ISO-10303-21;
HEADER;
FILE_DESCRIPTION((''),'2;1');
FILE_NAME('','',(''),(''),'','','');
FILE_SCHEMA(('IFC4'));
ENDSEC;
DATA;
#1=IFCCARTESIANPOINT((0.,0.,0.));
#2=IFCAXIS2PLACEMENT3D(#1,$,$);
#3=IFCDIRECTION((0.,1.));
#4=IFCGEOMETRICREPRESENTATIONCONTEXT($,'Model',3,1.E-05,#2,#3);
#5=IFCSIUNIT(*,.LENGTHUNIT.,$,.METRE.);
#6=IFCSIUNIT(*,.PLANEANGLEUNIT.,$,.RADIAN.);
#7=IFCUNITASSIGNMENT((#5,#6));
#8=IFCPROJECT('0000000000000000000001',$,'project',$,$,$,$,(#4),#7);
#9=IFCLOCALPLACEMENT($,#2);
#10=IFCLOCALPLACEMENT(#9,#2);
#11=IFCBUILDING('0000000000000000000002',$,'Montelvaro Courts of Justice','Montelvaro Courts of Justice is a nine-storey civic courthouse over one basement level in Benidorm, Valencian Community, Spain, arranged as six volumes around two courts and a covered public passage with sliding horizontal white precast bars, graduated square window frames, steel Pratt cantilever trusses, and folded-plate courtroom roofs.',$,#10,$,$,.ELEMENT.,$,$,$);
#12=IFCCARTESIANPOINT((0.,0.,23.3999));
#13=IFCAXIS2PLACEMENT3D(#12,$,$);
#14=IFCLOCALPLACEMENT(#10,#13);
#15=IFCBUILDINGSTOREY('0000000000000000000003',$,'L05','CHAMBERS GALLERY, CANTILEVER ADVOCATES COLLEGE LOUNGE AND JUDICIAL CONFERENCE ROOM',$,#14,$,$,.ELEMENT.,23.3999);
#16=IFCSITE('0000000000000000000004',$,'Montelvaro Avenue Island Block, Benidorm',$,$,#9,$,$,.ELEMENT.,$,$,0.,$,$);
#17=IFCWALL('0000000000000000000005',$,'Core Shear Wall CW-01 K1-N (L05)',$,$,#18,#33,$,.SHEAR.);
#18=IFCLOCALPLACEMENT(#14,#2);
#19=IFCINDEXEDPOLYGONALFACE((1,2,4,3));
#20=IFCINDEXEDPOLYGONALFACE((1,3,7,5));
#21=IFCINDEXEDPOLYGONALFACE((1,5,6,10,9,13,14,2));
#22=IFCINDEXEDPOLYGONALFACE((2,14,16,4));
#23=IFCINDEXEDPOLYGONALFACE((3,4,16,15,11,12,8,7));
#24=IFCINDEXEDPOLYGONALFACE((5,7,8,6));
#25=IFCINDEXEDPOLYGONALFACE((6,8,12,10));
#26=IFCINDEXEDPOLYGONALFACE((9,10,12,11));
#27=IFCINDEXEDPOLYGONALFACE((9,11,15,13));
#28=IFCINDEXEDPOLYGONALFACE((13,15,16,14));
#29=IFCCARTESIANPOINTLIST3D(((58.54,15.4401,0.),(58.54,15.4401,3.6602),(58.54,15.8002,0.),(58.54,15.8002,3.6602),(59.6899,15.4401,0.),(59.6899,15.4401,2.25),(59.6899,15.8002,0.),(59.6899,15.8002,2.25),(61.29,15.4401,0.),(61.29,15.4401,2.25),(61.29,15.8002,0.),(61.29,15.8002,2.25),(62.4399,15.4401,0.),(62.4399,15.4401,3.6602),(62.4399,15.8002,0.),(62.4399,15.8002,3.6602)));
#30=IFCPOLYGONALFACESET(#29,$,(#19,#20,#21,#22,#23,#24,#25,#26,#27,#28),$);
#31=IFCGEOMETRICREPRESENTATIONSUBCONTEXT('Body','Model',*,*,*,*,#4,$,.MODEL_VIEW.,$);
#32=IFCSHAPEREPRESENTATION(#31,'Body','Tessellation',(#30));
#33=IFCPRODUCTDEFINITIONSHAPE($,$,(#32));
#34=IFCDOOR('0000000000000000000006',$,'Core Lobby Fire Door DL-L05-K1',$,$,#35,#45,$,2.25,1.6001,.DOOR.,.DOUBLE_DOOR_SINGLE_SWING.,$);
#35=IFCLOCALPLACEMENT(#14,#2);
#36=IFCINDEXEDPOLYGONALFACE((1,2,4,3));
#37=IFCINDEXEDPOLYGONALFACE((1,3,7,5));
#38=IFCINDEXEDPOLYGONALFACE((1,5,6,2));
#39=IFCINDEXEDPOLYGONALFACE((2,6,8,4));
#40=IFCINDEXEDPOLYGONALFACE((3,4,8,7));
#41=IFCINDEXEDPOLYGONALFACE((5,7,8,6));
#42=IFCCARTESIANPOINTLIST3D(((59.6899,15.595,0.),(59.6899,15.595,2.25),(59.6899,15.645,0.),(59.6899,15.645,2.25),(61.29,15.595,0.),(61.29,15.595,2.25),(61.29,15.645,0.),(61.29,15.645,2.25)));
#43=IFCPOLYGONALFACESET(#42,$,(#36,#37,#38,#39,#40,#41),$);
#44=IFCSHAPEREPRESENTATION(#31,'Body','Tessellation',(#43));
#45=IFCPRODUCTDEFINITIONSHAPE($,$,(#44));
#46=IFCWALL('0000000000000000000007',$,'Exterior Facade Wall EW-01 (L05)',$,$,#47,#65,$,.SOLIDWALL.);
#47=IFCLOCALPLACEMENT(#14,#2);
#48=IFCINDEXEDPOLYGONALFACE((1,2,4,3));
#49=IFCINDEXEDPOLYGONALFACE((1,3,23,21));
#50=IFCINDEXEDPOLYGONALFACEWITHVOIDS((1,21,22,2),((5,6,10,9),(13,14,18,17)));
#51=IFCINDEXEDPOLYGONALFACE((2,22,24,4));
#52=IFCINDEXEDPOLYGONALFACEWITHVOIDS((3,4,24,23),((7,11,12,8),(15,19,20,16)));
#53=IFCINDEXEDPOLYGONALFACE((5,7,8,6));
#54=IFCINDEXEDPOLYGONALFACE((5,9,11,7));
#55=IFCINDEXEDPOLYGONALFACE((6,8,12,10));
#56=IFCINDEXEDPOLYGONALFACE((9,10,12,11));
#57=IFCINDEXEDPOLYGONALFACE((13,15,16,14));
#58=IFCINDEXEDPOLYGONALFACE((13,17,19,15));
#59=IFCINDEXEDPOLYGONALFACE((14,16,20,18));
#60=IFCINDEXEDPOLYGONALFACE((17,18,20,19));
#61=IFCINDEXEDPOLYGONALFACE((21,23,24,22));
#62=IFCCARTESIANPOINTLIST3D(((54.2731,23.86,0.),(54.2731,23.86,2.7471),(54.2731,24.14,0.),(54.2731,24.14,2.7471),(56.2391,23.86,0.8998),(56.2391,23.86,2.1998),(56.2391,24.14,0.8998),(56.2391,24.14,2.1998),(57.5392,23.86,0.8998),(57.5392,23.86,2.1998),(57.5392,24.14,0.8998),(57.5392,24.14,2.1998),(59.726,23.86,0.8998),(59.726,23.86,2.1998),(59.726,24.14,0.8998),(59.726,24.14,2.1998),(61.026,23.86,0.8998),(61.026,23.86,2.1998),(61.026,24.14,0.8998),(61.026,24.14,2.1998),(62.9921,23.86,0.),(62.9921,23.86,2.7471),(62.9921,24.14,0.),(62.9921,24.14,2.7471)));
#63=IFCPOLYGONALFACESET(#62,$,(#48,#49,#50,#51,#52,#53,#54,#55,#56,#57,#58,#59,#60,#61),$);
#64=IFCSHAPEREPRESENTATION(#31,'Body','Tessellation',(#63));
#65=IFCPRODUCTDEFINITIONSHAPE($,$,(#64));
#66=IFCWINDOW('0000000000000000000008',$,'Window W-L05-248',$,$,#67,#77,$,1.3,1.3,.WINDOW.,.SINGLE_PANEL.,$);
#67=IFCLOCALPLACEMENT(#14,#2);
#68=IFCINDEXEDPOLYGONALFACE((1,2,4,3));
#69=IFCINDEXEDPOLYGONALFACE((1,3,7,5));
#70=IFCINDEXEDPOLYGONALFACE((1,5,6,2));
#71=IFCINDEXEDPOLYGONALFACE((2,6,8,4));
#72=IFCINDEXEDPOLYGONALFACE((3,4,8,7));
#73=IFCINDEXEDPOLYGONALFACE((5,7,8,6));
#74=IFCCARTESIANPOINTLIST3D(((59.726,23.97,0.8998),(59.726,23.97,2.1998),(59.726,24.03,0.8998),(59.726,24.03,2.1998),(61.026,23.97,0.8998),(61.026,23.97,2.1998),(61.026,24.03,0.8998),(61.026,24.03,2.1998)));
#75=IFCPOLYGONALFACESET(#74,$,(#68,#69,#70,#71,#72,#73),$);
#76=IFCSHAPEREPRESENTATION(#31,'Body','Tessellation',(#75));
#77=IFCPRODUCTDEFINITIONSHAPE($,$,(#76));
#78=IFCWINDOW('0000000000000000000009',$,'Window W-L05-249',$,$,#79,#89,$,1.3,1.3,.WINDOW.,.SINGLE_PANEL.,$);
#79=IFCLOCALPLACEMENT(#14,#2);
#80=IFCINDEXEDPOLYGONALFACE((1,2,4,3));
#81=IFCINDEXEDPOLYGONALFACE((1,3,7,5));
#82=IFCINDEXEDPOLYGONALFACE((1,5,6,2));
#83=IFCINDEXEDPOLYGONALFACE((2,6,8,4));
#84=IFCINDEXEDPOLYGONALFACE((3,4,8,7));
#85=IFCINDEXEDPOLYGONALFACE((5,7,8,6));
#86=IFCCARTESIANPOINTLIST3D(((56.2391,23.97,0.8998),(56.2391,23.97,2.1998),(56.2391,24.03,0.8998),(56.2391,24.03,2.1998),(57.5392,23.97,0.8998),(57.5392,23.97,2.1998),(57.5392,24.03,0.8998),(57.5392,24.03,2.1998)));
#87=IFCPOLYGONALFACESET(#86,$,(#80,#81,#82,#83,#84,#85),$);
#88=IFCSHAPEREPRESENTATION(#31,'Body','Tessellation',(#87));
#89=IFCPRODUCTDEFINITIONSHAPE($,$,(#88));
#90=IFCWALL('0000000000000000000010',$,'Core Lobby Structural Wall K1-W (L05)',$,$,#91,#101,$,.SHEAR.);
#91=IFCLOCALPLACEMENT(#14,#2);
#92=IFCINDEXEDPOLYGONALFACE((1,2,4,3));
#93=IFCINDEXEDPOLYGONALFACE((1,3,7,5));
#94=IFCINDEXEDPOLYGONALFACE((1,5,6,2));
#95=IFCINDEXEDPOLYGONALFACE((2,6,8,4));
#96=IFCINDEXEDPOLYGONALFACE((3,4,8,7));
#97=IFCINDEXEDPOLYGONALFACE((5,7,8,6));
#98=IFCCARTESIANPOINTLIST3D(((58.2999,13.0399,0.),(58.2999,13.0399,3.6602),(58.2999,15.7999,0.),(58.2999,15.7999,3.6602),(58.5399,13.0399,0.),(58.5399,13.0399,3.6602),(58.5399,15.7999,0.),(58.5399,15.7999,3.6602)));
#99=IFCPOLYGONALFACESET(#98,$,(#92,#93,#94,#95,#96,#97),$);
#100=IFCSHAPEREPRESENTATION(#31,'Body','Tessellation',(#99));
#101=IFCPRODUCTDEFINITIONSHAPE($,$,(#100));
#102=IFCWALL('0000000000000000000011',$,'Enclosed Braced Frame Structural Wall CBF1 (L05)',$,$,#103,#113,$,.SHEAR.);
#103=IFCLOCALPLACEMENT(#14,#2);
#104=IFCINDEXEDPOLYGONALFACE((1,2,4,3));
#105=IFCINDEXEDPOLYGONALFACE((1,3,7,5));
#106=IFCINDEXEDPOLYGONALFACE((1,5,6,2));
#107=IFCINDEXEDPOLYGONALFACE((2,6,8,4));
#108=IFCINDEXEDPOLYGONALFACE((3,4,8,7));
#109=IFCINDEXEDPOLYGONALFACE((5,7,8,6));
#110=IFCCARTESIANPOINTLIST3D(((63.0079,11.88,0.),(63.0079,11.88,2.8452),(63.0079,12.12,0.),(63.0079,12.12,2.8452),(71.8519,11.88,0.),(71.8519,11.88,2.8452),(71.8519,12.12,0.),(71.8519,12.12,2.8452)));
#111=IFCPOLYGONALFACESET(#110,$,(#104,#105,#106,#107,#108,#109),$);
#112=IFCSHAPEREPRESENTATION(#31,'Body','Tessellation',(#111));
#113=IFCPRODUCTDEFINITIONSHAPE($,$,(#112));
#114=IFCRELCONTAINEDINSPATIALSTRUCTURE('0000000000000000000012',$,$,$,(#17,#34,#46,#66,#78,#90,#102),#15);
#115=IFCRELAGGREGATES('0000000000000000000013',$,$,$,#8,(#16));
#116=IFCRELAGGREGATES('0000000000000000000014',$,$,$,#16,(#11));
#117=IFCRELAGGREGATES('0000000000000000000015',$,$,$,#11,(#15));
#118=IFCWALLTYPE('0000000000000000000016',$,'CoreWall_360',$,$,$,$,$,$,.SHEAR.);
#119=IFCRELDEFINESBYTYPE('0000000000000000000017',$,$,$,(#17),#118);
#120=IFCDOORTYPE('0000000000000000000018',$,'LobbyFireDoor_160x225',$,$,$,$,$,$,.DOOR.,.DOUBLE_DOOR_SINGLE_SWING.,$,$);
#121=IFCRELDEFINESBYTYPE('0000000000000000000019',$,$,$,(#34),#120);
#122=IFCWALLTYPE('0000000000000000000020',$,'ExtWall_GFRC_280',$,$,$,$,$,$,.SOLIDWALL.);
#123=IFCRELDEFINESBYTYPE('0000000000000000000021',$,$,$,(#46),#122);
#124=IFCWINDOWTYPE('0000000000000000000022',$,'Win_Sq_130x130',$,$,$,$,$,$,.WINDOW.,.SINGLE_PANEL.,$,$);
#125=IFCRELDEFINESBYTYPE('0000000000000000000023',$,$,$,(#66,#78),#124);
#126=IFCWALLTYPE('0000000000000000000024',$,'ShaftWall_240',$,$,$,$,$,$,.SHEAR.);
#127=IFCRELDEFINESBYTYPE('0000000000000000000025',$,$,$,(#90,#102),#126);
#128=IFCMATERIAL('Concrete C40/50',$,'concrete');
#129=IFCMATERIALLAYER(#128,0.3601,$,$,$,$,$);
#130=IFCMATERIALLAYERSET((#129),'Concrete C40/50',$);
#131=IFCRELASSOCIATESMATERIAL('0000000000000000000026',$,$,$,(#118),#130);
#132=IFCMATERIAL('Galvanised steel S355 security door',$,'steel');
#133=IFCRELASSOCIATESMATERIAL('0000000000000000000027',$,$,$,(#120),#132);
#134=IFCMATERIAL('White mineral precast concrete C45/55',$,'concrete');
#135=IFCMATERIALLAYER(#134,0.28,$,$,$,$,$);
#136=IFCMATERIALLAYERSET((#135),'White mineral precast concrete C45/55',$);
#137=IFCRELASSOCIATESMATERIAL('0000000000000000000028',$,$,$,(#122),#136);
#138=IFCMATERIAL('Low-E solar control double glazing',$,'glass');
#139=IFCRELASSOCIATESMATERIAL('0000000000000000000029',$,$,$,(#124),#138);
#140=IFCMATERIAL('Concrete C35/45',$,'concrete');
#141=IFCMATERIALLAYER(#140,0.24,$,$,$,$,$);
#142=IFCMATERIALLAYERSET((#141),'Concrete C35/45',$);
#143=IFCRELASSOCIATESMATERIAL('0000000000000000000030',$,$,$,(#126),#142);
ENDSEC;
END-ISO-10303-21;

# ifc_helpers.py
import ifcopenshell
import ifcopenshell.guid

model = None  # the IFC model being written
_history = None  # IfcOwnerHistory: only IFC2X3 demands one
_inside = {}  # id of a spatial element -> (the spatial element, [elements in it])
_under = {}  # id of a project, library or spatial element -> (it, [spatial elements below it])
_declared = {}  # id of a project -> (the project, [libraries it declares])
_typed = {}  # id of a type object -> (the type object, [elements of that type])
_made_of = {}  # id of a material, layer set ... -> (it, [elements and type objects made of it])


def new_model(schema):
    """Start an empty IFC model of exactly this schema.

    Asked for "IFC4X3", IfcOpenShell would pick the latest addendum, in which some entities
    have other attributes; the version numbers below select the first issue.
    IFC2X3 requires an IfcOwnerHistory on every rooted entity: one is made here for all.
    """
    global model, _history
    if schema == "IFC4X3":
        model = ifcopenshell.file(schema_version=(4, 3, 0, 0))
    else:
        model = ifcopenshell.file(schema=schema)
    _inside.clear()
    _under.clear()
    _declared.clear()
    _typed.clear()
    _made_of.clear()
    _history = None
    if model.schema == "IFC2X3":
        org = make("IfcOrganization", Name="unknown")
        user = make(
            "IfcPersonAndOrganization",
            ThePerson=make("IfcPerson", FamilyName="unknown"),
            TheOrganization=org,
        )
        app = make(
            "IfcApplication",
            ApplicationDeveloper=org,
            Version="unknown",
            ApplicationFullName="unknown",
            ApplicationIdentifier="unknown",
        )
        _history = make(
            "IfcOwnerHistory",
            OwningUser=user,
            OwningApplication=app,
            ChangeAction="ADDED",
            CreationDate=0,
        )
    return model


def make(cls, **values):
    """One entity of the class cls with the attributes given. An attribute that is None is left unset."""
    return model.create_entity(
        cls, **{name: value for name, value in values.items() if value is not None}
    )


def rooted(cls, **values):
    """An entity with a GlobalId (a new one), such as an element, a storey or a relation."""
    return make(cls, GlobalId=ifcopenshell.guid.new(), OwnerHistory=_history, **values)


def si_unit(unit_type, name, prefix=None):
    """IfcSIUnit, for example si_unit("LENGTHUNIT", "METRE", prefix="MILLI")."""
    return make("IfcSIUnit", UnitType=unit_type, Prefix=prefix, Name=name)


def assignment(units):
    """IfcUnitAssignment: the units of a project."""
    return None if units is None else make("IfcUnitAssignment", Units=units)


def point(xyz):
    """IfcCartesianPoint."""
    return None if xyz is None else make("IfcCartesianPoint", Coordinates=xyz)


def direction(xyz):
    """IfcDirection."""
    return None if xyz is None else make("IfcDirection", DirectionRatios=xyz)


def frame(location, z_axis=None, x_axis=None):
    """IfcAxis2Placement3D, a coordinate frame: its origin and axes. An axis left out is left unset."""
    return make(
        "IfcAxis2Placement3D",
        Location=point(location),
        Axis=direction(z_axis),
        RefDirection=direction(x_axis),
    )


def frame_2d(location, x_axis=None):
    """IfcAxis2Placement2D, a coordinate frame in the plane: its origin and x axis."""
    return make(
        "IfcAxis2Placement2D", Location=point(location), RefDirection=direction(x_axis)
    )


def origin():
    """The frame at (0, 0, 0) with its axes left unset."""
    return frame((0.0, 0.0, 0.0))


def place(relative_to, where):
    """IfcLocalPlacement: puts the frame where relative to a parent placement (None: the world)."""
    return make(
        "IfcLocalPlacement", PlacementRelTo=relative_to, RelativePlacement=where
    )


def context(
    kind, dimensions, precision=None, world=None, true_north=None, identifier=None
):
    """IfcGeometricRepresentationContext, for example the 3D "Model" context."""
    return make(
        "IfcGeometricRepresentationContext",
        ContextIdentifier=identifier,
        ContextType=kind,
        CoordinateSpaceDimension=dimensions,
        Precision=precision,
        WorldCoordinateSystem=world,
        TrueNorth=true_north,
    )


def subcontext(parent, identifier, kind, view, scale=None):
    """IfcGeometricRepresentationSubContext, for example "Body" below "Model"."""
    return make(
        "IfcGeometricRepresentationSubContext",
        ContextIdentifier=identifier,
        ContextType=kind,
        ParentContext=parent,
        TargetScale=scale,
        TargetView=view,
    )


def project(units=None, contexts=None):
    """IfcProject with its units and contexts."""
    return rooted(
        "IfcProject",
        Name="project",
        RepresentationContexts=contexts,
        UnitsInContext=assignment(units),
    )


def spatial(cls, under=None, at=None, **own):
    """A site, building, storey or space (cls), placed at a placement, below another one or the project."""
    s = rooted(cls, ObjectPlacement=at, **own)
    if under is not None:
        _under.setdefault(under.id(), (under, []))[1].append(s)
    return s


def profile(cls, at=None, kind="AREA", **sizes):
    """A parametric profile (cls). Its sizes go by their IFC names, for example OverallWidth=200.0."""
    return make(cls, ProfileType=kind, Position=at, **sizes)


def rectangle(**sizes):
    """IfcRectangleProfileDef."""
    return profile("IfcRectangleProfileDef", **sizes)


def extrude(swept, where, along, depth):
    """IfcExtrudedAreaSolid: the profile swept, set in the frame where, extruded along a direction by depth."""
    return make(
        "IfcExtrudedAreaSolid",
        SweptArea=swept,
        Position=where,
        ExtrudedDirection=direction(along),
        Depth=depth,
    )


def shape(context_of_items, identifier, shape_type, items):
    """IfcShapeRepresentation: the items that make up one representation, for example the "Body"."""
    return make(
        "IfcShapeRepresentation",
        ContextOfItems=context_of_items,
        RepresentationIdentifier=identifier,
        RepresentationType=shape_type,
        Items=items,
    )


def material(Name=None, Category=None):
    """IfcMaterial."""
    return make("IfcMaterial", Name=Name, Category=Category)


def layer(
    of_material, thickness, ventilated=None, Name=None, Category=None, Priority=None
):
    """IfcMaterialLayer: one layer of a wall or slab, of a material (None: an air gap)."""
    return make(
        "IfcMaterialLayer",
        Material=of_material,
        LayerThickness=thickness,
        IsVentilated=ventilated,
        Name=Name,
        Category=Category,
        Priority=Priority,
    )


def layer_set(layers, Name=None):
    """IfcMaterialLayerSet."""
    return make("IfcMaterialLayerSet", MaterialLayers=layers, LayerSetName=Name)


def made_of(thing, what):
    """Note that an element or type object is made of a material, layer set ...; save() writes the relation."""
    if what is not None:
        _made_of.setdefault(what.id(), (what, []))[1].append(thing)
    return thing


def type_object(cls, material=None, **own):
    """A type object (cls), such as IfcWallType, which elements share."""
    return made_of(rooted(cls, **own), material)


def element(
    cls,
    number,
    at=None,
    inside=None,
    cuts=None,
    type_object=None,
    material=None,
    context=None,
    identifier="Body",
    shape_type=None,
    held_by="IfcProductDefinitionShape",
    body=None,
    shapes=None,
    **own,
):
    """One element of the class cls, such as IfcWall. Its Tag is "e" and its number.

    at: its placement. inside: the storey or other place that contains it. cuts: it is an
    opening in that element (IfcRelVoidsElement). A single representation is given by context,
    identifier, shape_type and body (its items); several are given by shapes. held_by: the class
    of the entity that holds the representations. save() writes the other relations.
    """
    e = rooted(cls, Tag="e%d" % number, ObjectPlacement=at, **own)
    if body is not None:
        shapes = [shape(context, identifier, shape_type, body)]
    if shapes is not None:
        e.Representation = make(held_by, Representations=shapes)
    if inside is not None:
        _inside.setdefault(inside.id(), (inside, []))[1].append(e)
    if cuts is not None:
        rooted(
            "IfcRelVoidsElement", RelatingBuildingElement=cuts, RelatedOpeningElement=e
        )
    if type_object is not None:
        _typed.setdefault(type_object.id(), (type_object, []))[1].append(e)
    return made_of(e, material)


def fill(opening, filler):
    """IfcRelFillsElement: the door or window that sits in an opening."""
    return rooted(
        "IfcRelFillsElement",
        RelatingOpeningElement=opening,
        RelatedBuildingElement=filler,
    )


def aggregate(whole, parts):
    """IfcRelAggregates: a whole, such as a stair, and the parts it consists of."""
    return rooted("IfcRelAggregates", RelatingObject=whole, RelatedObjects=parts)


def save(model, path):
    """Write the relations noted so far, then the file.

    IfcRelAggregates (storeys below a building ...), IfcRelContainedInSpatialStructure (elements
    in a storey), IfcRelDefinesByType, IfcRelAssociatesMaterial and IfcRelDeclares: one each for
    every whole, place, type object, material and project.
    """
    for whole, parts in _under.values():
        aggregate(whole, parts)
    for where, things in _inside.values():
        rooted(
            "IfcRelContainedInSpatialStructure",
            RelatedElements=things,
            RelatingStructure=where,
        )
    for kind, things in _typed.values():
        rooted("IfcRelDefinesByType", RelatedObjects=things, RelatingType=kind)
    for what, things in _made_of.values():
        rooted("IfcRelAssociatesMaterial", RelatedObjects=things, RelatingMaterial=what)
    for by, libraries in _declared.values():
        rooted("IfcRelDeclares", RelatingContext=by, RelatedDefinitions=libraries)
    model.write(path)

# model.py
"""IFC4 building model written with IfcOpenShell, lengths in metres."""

from ifc_helpers import new_model, si_unit, direction, frame, frame_2d, origin, place, context, subcontext, project, spatial, rectangle, extrude, material, layer, layer_set, type_object, element, fill, save


model = new_model("IFC4")

# Units and contexts
model_context = context("Model", 3, precision=1e-05, world=origin(), true_north=direction((0.0, 1.0)))
body_context = subcontext(model_context, "Body", "Model", "MODEL_VIEW")
ifc_project = project(units=[si_unit("LENGTHUNIT", "METRE"), si_unit("PLANEANGLEUNIT", "RADIAN")], contexts=[model_context])

# Site, building, storey
site_placement = place(None, origin())
site = spatial("IfcSite", under=ifc_project, at=site_placement, Name="Montelvaro Avenue Island Block, Benidorm", CompositionType="ELEMENT", RefElevation=0.0)
building_placement = place(site_placement, origin())
building = spatial("IfcBuilding", under=site, at=building_placement, Name="Montelvaro Courts of Justice", Description="Montelvaro Courts of Justice is a nine-storey civic courthouse over one basement level in Benidorm, Valencian Community, Spain, arranged as six volumes around two courts and a covered public passage with sliding horizontal white precast bars, graduated square window frames, steel Pratt cantilever trusses, and folded-plate courtroom roofs.", CompositionType="ELEMENT")
storey_placement = place(building_placement, frame((0.0, 0.0, 23.3999)))
storey = spatial("IfcBuildingStorey", under=building, at=storey_placement, Name="L05", Description="CHAMBERS GALLERY, CANTILEVER ADVOCATES COLLEGE LOUNGE AND JUDICIAL CONFERENCE ROOM", CompositionType="ELEMENT", Elevation=23.3999)

# Shared definitions
ifc_material_1 = material(Name="White mineral precast concrete C45/55", Category="concrete")

# Wall, opening, door
ifc_material_2 = material(Name="Concrete C40/50", Category="concrete")
ifc_layer_1 = layer(ifc_material_2, 0.3601)
ifc_layer_set_1 = layer_set([ifc_layer_1], Name="Concrete C40/50")
wall_type_1 = type_object("IfcWallType", Name="CoreWall_360", PredefinedType="SHEAR", material=ifc_layer_set_1)
wall_1_placement = place(storey_placement, frame((58.54, 15.6201, 0.0), z_axis=(0.0, 0.0, 1.0), x_axis=(1.0, 0.0, 0.0)))
wall_1 = element("IfcWall", 1, at=wall_1_placement, inside=storey, type_object=wall_type_1, Name="Core Shear Wall CW-01 K1-N (L05)", PredefinedType="SHEAR", context=body_context, shape_type="SweptSolid", body=[
    extrude(rectangle(XDim=3.8999, YDim=0.3601, at=frame_2d((1.95, 0.0))), origin(), (0.0, 0.0, 1.0), 3.6602),
])
opening_1_placement = place(wall_1_placement, frame((1.1499, 0.0, 0.0)))
opening_1 = element("IfcOpeningElement", 2, at=opening_1_placement, cuts=wall_1, PredefinedType="OPENING", context=body_context, shape_type="SweptSolid", body=[
    extrude(rectangle(XDim=1.6001, YDim=2.25, at=frame_2d((0.8, 1.125))), frame((0.0, 0.1948, 0.0), z_axis=(0.0, -1.0, 0.0), x_axis=(1.0, 0.0, 0.0)), (0.0, 0.0, 1.0), 0.3899),
])
ifc_material_3 = material(Name="Galvanised steel S355 security door", Category="steel")
door_type_1 = type_object("IfcDoorType", Name="LobbyFireDoor_160x225", OperationType="DOUBLE_DOOR_SINGLE_SWING", PredefinedType="DOOR", material=ifc_material_3)
door_1_placement = place(opening_1_placement, origin())
door_1 = element("IfcDoor", 3, at=door_1_placement, inside=storey, type_object=door_type_1, Name="Core Lobby Fire Door DL-L05-K1", OperationType="DOUBLE_DOOR_SINGLE_SWING", OverallHeight=2.25, OverallWidth=1.6001, PredefinedType="DOOR", context=body_context, shape_type="SweptSolid", body=[
    extrude(rectangle(XDim=1.6001, YDim=2.25, at=frame_2d((0.8, 1.125))), frame((0.0, 0.0249, 0.0), z_axis=(0.0, -1.0, 0.0), x_axis=(1.0, 0.0, 0.0)), (0.0, 0.0, 1.0), 0.05),
])
fill(opening_1, door_1)

# Wall, openings, windows
ifc_layer_2 = layer(ifc_material_1, 0.28)
ifc_layer_set_2 = layer_set([ifc_layer_2], Name="White mineral precast concrete C45/55")
wall_type_2 = type_object("IfcWallType", Name="ExtWall_GFRC_280", PredefinedType="SOLIDWALL", material=ifc_layer_set_2)
wall_2_placement = place(storey_placement, frame((62.9919, 24.0, 0.0), z_axis=(0.0, 0.0, 1.0), x_axis=(-1.0, 0.0, 0.0)))
wall_2 = element("IfcWall", 4, at=wall_2_placement, inside=storey, type_object=wall_type_2, Name="Exterior Facade Wall EW-01 (L05)", PredefinedType="SOLIDWALL", context=body_context, shape_type="SweptSolid", body=[
    extrude(rectangle(XDim=8.719, YDim=0.28, at=frame_2d((4.3594, 0.0))), origin(), (0.0, 0.0, 1.0), 2.7471),
])
opening_2_placement = place(wall_2_placement, frame((1.9661, 0.0, 0.8999)))
opening_2 = element("IfcOpeningElement", 5, at=opening_2_placement, cuts=wall_2, PredefinedType="OPENING", context=body_context, shape_type="SweptSolid", body=[
    extrude(rectangle(XDim=1.3, YDim=1.3, at=frame_2d((0.6499, 0.6499))), frame((0.0, 0.1548, 0.0), z_axis=(0.0, -1.0, 0.0), x_axis=(1.0, 0.0, 0.0)), (0.0, 0.0, 1.0), 0.3098),
])
opening_3_placement = place(wall_2_placement, frame((5.4529, 0.0, 0.8999)))
opening_3 = element("IfcOpeningElement", 6, at=opening_3_placement, cuts=wall_2, PredefinedType="OPENING", context=body_context, shape_type="SweptSolid", body=[
    extrude(rectangle(XDim=1.3, YDim=1.3, at=frame_2d((0.6499, 0.6499))), frame((0.0, 0.1548, 0.0), z_axis=(0.0, -1.0, 0.0), x_axis=(1.0, 0.0, 0.0)), (0.0, 0.0, 1.0), 0.3098),
])
ifc_material_4 = material(Name="Low-E solar control double glazing", Category="glass")
window_type = type_object("IfcWindowType", Name="Win_Sq_130x130", PartitioningType="SINGLE_PANEL", PredefinedType="WINDOW", material=ifc_material_4)
window_1_placement = place(opening_2_placement, origin())
window_1 = element("IfcWindow", 7, at=window_1_placement, inside=storey, type_object=window_type, Name="Window W-L05-248", OverallHeight=1.3, OverallWidth=1.3, PartitioningType="SINGLE_PANEL", PredefinedType="WINDOW", context=body_context, shape_type="SweptSolid", body=[
    extrude(rectangle(XDim=1.3, YDim=1.3, at=frame_2d((0.6499, 0.6499))), frame((0.0, 0.03, 0.0), z_axis=(0.0, -1.0, 0.0), x_axis=(1.0, 0.0, 0.0)), (0.0, 0.0, 1.0), 0.0601),
])
fill(opening_2, window_1)
window_2_placement = place(opening_3_placement, origin())
window_2 = element("IfcWindow", 8, at=window_2_placement, inside=storey, type_object=window_type, Name="Window W-L05-249", OverallHeight=1.3, OverallWidth=1.3, PartitioningType="SINGLE_PANEL", PredefinedType="WINDOW", context=body_context, shape_type="SweptSolid", body=[
    extrude(rectangle(XDim=1.3, YDim=1.3, at=frame_2d((0.6499, 0.6499))), frame((0.0, 0.03, 0.0), z_axis=(0.0, -1.0, 0.0), x_axis=(1.0, 0.0, 0.0)), (0.0, 0.0, 1.0), 0.0601),
])
fill(opening_3, window_2)

# Walls
ifc_material_5 = material(Name="Concrete C35/45", Category="concrete")
ifc_layer_3 = layer(ifc_material_5, 0.24)
ifc_layer_set_3 = layer_set([ifc_layer_3], Name="Concrete C35/45")
wall_type_3 = type_object("IfcWallType", Name="ShaftWall_240", PredefinedType="SHEAR", material=ifc_layer_set_3)
wall_3_placement = place(storey_placement, frame((58.4199, 13.04, 0.0), z_axis=(0.0, 0.0, 1.0), x_axis=(0.0, 1.0, 0.0)))
element("IfcWall", 9, at=wall_3_placement, inside=storey, type_object=wall_type_3, Name="Core Lobby Structural Wall K1-W (L05)", PredefinedType="SHEAR", context=body_context, shape_type="SweptSolid", body=[
    extrude(rectangle(XDim=2.76, YDim=0.24, at=frame_2d((1.3799, 0.0))), origin(), (0.0, 0.0, 1.0), 3.6602),
])
wall_4_placement = place(storey_placement, frame((63.0081, 12.0, 0.0), z_axis=(0.0, 0.0, 1.0), x_axis=(1.0, 0.0, 0.0)))
element("IfcWall", 10, at=wall_4_placement, inside=storey, type_object=wall_type_3, Name="Enclosed Braced Frame Structural Wall CBF1 (L05)", PredefinedType="SHEAR", context=body_context, shape_type="SweptSolid", body=[
    extrude(rectangle(XDim=8.844, YDim=0.24, at=frame_2d((4.4219, 0.0))), origin(), (0.0, 0.0, 1.0), 2.8452),
])

save(model, "model.ifc")
